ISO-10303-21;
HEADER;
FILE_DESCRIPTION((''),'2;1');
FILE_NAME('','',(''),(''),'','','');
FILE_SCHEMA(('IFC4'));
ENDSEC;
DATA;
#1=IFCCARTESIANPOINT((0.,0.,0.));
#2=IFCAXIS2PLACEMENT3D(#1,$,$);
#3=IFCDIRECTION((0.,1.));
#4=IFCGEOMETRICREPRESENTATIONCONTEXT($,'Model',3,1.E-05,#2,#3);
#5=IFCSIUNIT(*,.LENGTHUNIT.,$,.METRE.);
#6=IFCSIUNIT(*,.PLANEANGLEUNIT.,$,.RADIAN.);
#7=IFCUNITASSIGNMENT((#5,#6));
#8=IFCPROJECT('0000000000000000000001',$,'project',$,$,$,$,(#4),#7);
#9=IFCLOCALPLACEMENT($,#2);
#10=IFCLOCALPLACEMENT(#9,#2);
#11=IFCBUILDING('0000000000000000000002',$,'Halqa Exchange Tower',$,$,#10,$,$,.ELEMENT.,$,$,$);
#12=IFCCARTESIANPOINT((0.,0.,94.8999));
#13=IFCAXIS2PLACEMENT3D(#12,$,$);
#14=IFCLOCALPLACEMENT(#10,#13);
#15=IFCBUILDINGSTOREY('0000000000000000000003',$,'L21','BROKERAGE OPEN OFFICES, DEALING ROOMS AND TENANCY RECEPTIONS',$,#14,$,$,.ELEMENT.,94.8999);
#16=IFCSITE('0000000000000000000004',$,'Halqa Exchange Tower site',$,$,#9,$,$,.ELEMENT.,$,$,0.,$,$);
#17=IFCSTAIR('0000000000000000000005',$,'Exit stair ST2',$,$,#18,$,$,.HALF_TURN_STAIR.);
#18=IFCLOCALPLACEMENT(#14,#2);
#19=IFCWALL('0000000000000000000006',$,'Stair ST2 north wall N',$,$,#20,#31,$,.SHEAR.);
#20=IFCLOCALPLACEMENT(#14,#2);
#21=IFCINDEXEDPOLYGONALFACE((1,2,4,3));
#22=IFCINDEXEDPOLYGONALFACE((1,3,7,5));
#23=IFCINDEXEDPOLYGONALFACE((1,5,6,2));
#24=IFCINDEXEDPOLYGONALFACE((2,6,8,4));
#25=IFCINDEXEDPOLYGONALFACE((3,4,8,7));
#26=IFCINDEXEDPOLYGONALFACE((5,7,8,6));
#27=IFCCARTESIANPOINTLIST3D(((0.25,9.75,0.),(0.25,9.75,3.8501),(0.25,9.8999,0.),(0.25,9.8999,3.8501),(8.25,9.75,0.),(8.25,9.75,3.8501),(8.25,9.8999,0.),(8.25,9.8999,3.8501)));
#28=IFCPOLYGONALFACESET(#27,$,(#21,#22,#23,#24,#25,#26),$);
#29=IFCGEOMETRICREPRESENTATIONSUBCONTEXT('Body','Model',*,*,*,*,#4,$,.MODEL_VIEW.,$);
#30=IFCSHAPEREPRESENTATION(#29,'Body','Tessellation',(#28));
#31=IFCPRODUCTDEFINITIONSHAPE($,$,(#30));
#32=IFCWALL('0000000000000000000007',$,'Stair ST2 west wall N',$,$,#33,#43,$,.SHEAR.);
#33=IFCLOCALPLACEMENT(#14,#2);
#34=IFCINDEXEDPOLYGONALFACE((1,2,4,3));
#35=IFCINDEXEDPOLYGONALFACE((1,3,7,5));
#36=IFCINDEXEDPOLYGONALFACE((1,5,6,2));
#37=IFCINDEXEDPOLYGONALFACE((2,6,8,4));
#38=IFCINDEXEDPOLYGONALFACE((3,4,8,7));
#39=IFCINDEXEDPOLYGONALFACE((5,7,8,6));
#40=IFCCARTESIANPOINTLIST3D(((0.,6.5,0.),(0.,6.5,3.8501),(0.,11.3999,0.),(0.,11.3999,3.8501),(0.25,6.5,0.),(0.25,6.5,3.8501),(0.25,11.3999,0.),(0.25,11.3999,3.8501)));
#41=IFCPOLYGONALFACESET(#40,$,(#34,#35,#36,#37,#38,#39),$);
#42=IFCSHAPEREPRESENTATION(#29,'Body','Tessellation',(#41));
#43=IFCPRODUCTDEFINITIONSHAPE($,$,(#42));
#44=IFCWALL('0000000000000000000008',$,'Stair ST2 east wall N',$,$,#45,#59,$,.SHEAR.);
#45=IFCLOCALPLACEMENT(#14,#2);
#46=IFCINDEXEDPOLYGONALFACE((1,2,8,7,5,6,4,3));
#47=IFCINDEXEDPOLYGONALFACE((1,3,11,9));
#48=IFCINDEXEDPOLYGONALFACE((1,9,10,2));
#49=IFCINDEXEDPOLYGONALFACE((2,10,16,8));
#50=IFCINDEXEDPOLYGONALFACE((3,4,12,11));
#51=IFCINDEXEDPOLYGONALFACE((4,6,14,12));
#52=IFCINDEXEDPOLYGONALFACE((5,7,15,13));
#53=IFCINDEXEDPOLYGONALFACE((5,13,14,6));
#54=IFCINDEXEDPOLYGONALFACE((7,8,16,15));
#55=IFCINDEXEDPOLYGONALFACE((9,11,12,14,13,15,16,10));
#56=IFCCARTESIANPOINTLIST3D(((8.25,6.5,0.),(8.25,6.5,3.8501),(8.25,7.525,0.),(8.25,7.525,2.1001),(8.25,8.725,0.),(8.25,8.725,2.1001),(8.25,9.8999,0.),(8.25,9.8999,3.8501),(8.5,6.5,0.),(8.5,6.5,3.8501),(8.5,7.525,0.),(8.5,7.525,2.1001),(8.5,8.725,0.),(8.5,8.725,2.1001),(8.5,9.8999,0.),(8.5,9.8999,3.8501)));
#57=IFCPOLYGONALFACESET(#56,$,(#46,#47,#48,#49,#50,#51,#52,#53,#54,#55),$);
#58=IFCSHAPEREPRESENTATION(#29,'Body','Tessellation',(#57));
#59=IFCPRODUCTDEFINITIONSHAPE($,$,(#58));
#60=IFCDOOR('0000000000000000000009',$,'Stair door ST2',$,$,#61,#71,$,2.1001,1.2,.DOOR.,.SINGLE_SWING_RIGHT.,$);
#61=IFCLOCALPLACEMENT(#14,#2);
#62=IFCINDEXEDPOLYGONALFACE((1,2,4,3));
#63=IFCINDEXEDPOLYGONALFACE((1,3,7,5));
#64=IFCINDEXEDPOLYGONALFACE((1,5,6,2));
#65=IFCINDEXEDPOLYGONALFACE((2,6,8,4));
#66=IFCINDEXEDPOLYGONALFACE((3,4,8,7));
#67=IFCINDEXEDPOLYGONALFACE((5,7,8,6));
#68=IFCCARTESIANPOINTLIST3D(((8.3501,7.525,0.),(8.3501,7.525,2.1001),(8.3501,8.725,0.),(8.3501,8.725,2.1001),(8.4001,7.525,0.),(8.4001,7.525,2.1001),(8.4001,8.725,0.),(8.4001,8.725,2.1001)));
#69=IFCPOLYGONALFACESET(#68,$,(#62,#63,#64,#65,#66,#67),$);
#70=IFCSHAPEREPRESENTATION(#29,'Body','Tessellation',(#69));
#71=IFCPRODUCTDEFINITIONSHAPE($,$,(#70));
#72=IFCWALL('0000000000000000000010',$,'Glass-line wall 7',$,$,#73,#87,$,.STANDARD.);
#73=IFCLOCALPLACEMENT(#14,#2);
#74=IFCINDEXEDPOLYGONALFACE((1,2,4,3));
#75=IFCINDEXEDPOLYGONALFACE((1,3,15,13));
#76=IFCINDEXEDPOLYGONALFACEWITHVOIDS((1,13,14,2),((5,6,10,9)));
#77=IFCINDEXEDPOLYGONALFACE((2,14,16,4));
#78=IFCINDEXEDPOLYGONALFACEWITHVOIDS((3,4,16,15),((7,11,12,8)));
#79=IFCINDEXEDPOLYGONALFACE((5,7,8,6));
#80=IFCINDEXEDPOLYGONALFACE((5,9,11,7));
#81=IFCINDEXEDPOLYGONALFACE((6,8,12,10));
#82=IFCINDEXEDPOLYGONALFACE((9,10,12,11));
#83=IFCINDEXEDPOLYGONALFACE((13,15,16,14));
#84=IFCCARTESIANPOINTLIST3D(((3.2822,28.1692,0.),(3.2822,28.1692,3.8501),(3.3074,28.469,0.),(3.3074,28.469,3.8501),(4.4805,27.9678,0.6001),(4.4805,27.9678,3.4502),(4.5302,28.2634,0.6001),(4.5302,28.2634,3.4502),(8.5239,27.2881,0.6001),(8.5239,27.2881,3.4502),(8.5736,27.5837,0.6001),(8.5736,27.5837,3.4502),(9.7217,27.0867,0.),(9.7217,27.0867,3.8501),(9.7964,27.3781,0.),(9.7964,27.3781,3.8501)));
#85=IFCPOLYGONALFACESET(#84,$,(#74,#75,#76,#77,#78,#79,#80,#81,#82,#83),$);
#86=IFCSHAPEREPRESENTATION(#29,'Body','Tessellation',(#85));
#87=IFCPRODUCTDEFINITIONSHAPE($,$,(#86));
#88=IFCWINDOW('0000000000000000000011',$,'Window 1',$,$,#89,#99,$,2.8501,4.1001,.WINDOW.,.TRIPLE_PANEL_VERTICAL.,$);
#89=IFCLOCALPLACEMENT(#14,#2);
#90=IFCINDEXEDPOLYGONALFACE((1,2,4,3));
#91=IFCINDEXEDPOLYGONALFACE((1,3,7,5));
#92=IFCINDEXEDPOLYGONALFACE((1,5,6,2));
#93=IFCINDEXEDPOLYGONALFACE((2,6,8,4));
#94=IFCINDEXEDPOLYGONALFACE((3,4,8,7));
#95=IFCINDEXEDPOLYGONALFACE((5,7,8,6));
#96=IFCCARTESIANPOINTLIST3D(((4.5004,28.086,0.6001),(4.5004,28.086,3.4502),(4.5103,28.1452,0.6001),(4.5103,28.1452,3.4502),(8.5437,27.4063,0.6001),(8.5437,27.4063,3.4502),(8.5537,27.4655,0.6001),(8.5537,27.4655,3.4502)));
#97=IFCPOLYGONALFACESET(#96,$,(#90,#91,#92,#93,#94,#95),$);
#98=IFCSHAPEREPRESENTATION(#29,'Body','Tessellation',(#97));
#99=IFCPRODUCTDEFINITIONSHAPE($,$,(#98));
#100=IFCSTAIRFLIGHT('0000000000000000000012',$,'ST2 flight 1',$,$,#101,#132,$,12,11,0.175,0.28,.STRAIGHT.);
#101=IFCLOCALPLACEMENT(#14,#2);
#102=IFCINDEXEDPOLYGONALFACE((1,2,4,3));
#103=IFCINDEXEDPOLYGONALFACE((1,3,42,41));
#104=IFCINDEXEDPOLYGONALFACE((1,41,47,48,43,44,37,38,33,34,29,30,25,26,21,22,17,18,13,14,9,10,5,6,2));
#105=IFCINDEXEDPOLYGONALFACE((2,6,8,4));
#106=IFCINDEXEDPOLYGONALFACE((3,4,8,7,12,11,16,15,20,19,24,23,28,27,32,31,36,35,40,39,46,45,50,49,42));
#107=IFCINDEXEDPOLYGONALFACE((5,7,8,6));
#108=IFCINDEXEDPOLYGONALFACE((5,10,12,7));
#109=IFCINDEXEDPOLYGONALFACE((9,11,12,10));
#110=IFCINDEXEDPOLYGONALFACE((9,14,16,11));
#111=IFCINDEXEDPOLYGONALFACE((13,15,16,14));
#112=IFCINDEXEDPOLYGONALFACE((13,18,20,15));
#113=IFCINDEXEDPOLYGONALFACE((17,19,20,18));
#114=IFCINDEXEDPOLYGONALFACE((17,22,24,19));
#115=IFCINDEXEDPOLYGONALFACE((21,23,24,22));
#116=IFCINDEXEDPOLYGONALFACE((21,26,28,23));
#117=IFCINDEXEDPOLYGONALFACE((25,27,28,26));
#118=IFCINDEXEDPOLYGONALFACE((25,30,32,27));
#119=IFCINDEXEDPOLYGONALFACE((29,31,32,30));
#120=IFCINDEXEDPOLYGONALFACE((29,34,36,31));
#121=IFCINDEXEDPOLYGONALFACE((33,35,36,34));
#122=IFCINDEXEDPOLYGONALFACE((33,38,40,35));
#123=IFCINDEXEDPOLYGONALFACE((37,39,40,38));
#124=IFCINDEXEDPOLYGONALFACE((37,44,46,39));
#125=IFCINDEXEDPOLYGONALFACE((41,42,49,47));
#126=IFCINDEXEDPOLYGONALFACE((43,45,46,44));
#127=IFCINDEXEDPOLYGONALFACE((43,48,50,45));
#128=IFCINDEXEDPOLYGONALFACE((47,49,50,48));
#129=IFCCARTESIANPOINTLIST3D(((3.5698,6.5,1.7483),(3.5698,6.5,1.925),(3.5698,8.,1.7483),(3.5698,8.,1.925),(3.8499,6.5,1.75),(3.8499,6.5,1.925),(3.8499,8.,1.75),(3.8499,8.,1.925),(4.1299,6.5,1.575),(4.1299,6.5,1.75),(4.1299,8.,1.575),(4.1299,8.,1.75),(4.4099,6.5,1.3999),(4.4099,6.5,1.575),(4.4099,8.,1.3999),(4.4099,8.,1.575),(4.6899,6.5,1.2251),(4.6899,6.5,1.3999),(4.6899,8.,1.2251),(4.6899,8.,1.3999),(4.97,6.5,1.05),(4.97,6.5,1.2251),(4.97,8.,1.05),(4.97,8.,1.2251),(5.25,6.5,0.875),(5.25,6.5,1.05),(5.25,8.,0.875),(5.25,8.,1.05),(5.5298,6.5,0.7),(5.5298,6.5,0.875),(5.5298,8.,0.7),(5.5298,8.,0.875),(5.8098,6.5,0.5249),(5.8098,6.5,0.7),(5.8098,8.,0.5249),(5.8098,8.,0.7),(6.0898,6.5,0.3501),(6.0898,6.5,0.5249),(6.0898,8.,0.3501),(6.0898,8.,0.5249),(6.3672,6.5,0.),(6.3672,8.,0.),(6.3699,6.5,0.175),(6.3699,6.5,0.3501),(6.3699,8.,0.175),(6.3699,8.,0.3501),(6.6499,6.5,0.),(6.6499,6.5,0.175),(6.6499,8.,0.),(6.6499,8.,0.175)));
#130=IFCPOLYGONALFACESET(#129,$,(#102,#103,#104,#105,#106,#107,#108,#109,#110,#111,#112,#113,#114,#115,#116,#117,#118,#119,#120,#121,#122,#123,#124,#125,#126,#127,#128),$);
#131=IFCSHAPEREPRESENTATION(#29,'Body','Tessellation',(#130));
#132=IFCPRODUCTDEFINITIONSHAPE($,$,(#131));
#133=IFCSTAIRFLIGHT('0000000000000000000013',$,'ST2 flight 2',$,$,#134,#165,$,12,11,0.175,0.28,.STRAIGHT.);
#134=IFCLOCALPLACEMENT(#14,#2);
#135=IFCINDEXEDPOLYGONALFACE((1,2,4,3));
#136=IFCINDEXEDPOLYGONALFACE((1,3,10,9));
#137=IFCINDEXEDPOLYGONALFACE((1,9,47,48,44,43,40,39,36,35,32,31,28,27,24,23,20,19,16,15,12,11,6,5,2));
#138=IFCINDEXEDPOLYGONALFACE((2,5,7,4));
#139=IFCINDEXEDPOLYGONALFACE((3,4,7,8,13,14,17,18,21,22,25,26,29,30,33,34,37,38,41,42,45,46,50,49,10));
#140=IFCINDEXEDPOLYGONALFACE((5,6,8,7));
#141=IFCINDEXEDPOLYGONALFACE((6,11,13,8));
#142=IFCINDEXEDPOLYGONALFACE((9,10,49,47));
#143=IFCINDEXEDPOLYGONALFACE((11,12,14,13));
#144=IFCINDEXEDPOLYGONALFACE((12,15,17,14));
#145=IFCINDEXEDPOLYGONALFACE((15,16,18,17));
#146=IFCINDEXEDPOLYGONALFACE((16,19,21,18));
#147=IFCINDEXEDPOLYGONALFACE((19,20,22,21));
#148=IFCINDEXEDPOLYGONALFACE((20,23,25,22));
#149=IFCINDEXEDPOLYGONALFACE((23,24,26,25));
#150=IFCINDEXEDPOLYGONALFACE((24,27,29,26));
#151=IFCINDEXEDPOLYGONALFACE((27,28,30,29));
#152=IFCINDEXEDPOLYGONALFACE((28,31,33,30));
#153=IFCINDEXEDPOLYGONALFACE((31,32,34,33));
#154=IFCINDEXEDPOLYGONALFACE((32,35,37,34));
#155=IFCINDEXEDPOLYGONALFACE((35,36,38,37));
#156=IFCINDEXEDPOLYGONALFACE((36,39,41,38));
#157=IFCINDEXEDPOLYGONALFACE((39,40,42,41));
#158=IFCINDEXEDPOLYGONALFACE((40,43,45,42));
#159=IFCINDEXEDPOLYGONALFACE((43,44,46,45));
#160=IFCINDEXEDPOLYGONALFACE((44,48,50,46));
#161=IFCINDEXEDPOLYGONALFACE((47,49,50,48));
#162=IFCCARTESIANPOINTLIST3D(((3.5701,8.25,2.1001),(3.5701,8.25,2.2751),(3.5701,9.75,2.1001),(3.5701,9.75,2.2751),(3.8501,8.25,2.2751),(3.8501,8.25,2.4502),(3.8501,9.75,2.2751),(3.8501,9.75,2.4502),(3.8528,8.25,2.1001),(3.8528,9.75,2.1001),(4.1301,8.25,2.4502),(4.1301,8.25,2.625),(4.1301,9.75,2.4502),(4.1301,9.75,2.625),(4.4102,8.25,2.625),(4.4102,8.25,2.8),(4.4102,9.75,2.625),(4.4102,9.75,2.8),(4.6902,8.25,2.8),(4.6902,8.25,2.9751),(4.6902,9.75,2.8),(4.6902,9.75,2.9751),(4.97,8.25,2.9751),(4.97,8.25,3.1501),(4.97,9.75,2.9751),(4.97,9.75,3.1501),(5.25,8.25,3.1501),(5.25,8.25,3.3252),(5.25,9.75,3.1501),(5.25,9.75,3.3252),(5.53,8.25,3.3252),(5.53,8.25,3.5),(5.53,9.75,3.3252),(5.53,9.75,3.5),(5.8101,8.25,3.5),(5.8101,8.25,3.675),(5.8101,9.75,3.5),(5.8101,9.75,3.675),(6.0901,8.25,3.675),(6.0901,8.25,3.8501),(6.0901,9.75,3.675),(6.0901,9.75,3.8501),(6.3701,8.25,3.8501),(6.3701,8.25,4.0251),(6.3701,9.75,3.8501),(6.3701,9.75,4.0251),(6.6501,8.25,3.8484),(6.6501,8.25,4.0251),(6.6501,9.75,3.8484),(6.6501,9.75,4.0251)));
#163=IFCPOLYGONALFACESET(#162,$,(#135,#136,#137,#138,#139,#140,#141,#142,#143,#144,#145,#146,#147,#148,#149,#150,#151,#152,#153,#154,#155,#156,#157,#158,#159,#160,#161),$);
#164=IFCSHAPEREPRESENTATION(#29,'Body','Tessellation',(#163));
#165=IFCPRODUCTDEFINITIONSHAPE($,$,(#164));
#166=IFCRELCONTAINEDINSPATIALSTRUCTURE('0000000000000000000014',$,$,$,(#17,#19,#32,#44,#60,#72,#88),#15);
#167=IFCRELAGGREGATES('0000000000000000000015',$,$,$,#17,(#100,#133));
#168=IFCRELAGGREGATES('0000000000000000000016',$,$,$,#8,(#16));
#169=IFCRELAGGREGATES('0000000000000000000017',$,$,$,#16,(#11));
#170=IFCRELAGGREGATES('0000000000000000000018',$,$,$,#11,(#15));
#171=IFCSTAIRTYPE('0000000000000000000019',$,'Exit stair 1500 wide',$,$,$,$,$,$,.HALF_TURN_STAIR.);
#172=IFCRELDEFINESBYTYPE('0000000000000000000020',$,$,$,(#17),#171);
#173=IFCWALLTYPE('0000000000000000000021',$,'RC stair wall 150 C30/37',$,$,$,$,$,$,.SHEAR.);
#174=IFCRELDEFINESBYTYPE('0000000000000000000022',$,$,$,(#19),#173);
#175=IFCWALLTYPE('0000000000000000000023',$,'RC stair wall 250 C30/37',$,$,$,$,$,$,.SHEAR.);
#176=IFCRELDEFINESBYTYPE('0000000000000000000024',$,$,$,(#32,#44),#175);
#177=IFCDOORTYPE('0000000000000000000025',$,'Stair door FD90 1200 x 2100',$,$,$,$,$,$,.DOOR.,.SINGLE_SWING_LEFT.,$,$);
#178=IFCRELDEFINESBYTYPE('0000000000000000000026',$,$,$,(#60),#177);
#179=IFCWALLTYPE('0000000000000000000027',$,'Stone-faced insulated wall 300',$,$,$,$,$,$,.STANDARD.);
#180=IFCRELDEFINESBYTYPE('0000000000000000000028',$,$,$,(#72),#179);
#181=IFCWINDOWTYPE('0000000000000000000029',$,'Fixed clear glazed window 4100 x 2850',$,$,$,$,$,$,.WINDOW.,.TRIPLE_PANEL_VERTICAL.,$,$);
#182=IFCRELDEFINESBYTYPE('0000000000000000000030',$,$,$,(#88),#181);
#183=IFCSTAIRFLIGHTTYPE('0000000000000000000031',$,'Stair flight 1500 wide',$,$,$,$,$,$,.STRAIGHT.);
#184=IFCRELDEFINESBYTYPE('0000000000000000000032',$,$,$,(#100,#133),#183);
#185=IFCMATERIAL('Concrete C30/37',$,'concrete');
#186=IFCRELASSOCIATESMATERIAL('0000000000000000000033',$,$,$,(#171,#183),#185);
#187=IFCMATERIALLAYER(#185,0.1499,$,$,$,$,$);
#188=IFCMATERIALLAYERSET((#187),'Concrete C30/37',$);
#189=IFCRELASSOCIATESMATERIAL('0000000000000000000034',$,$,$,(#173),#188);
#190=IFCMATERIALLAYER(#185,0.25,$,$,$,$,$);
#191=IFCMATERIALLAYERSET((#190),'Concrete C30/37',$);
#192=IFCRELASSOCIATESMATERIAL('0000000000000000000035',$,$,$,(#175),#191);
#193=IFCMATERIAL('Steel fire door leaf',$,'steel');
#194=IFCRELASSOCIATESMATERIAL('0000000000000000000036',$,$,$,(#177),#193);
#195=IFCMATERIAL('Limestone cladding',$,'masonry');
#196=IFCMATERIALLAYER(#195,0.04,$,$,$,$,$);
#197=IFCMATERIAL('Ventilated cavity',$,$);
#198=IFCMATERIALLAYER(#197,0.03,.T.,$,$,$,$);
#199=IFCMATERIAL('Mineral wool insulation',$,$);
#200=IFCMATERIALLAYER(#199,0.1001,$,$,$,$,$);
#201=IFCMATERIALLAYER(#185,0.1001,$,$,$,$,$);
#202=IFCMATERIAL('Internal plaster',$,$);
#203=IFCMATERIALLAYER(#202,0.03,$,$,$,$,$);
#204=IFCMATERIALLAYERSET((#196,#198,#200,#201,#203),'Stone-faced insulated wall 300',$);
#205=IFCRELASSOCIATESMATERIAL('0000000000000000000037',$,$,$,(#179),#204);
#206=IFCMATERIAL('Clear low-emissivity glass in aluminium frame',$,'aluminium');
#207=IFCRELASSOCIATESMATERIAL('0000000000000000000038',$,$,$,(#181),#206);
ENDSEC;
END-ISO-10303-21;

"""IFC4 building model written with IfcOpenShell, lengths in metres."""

from ifc_helpers import new_model, si_unit, direction, frame, frame_2d, origin, place, context, subcontext, project, spatial, polyline, rectangle, outline, extrude, material, layer, layer_set, type_object, element, fill, aggregate, save


model = new_model("IFC4")

# Units and contexts
model_context = context("Model", 3, precision=1e-05, world=origin(), true_north=direction((0.0, 1.0)))
body_context = subcontext(model_context, "Body", "Model", "MODEL_VIEW")
ifc_project = project(units=[si_unit("LENGTHUNIT", "METRE"), si_unit("PLANEANGLEUNIT", "RADIAN")], contexts=[model_context])

# Site, building, storey
site_placement = place(None, origin())
site = spatial("IfcSite", under=ifc_project, at=site_placement, Name="Halqa Exchange Tower site", CompositionType="ELEMENT", RefElevation=0.0)
building_placement = place(site_placement, origin())
building = spatial("IfcBuilding", under=site, at=building_placement, Name="Halqa Exchange Tower", CompositionType="ELEMENT")
storey_placement = place(building_placement, frame((0.0, 0.0, 94.8999)))
storey = spatial("IfcBuildingStorey", under=building, at=storey_placement, Name="L21", Description="BROKERAGE OPEN OFFICES, DEALING ROOMS AND TENANCY RECEPTIONS", CompositionType="ELEMENT", Elevation=94.8999)

# Stair
ifc_material_1 = material(Name="Concrete C30/37", Category="concrete")
stair_type = type_object("IfcStairType", Name="Exit stair 1500 wide", PredefinedType="HALF_TURN_STAIR", material=ifc_material_1)
stair_1_placement = place(storey_placement, origin())
stair_1 = element("IfcStair", 1, at=stair_1_placement, inside=storey, type_object=stair_type, Name="Exit stair ST2", PredefinedType="HALF_TURN_STAIR")

# Walls
ifc_layer_1 = layer(ifc_material_1, 0.1499)
ifc_layer_set_1 = layer_set([ifc_layer_1], Name="Concrete C30/37")
wall_type_1 = type_object("IfcWallType", Name="RC stair wall 150 C30/37", PredefinedType="SHEAR", material=ifc_layer_set_1)
wall_1_placement = place(storey_placement, frame((0.25, 9.825, 0.0), z_axis=(0.0, 0.0, 1.0), x_axis=(1.0, 0.0, 0.0)))
element("IfcWall", 2, at=wall_1_placement, inside=storey, type_object=wall_type_1, Name="Stair ST2 north wall N", PredefinedType="SHEAR", context=body_context, shape_type="SweptSolid", body=[
    extrude(rectangle(XDim=8.0, YDim=0.1499, at=frame_2d((4.0, 0.0))), origin(), (0.0, 0.0, 1.0), 3.8501),
])
ifc_layer_2 = layer(ifc_material_1, 0.25)
ifc_layer_set_2 = layer_set([ifc_layer_2], Name="Concrete C30/37")
wall_type_2 = type_object("IfcWallType", Name="RC stair wall 250 C30/37", PredefinedType="SHEAR", material=ifc_layer_set_2)
wall_2_placement = place(storey_placement, frame((0.125, 6.5, 0.0), z_axis=(0.0, 0.0, 1.0), x_axis=(0.0, 1.0, 0.0)))
element("IfcWall", 3, at=wall_2_placement, inside=storey, type_object=wall_type_2, Name="Stair ST2 west wall N", PredefinedType="SHEAR", context=body_context, shape_type="SweptSolid", body=[
    extrude(rectangle(XDim=4.8999, YDim=0.25, at=frame_2d((2.45, 0.0))), origin(), (0.0, 0.0, 1.0), 3.8501),
])

# Wall, opening, door
wall_3_placement = place(storey_placement, frame((8.375, 6.5, 0.0), z_axis=(0.0, 0.0, 1.0), x_axis=(0.0, 1.0, 0.0)))
wall_3 = element("IfcWall", 4, at=wall_3_placement, inside=storey, type_object=wall_type_2, Name="Stair ST2 east wall N", PredefinedType="SHEAR", context=body_context, shape_type="SweptSolid", body=[
    extrude(rectangle(XDim=3.3999, YDim=0.25, at=frame_2d((1.7, 0.0))), origin(), (0.0, 0.0, 1.0), 3.8501),
])
opening_1_placement = place(wall_3_placement, frame((1.0249, 0.0, 0.0)))
opening_1 = element("IfcOpeningElement", 5, at=opening_1_placement, cuts=wall_3, PredefinedType="OPENING", context=body_context, shape_type="SweptSolid", body=[
    extrude(rectangle(XDim=1.2, YDim=2.1001, at=frame_2d((0.6001, 1.05))), frame((0.0, 0.137, 0.0), z_axis=(0.0, -1.0, 0.0), x_axis=(1.0, 0.0, 0.0)), (0.0, 0.0, 1.0), 0.2739),
])
ifc_material_2 = material(Name="Steel fire door leaf", Category="steel")
door_type_1 = type_object("IfcDoorType", Name="Stair door FD90 1200 x 2100", OperationType="SINGLE_SWING_LEFT", PredefinedType="DOOR", material=ifc_material_2)
door_1_placement = place(opening_1_placement, origin())
door_1 = element("IfcDoor", 6, at=door_1_placement, inside=storey, type_object=door_type_1, Name="Stair door ST2", OperationType="SINGLE_SWING_RIGHT", OverallHeight=2.1001, OverallWidth=1.2, PredefinedType="DOOR", context=body_context, shape_type="SweptSolid", body=[
    extrude(rectangle(XDim=1.2, YDim=2.1001, at=frame_2d((0.6001, 1.05))), frame((0.0, 0.0249, 0.0), z_axis=(0.0, -1.0, 0.0), x_axis=(1.0, 0.0, 0.0)), (0.0, 0.0, 1.0), 0.05),
])
fill(opening_1, door_1)

# Wall, opening, window
ifc_material_3 = material(Name="Limestone cladding", Category="masonry")
ifc_layer_3 = layer(ifc_material_3, 0.04)
ifc_material_4 = material(Name="Ventilated cavity")
ifc_layer_4 = layer(ifc_material_4, 0.03, ventilated=True)
ifc_material_5 = material(Name="Mineral wool insulation")
ifc_layer_5 = layer(ifc_material_5, 0.1001)
ifc_layer_6 = layer(ifc_material_1, 0.1001)
ifc_material_6 = material(Name="Internal plaster")
ifc_layer_7 = layer(ifc_material_6, 0.03)
ifc_layer_set_3 = layer_set([ifc_layer_3, ifc_layer_4, ifc_layer_5, ifc_layer_6, ifc_layer_7], Name="Stone-faced insulated wall 300")
wall_type_3 = type_object("IfcWallType", Name="Stone-faced insulated wall 300", PredefinedType="STANDARD", material=ifc_layer_set_3)
wall_4_placement = place(storey_placement, frame((9.759, 27.2324, 0.0), z_axis=(0.0, 0.0, 1.0), x_axis=(-0.986162, 0.165782, 0.0)))
wall_4 = element("IfcWall", 7, at=wall_4_placement, inside=storey, type_object=wall_type_3, Name="Glass-line wall 7", PredefinedType="STANDARD", context=body_context, shape_type="SweptSolid", body=[
    extrude(outline(polyline([(-0.0127, -0.1499), (6.5674, -0.1499), (6.5425, 0.1499), (0.0127, 0.1499), (-0.0127, -0.1499)])), origin(), (0.0, 0.0, 1.0), 3.8501),
])
opening_2_placement = place(wall_4_placement, frame((1.2273, 0.0, 0.6001)))
opening_2 = element("IfcOpeningElement", 8, at=opening_2_placement, cuts=wall_4, PredefinedType="OPENING", context=body_context, shape_type="SweptSolid", body=[
    extrude(rectangle(XDim=4.1001, YDim=2.8501, at=frame_2d((2.05, 1.425))), frame((0.0, 0.1621, 0.0), z_axis=(0.0, -1.0, 0.0), x_axis=(1.0, 0.0, 0.0)), (0.0, 0.0, 1.0), 0.324),
])
ifc_material_7 = material(Name="Clear low-emissivity glass in aluminium frame", Category="aluminium")
window_type = type_object("IfcWindowType", Name="Fixed clear glazed window 4100 x 2850", PartitioningType="TRIPLE_PANEL_VERTICAL", PredefinedType="WINDOW", material=ifc_material_7)
window_placement = place(opening_2_placement, origin())
window = element("IfcWindow", 9, at=window_placement, inside=storey, type_object=window_type, Name="Window 1", OverallHeight=2.8501, OverallWidth=4.1001, PartitioningType="TRIPLE_PANEL_VERTICAL", PredefinedType="WINDOW", context=body_context, shape_type="SweptSolid", body=[
    extrude(rectangle(XDim=4.1001, YDim=2.8501, at=frame_2d((2.05, 1.425))), frame((0.0, 0.03, 0.0), z_axis=(0.0, -1.0, 0.0), x_axis=(1.0, 0.0, 0.0)), (0.0, 0.0, 1.0), 0.0601),
])
fill(opening_2, window)

# Stair flights
stair_flight_type = type_object("IfcStairFlightType", Name="Stair flight 1500 wide", PredefinedType="STRAIGHT", material=ifc_material_1)
stair_flight_1_placement = place(storey_placement, frame((6.6499, 7.25, 0.0), z_axis=(0.0, 0.0, 1.0), x_axis=(-1.0, 0.0, 0.0)))
stair_flight_1 = element("IfcStairFlight", 10, at=stair_flight_1_placement, type_object=stair_flight_type, Name="ST2 flight 1", NumberOfRisers=12, NumberOfTreads=11, PredefinedType="STRAIGHT", RiserHeight=0.175, TreadLength=0.28, context=body_context, shape_type="SweptSolid", body=[
    extrude(outline(polyline([(0.0, 0.0), (0.0, 0.175), (0.28, 0.175), (0.28, 0.3501), (0.5601, 0.3501), (0.5601, 0.5249), (0.8401, 0.5249), (0.8401, 0.7), (1.1201, 0.7), (1.1201, 0.875), (1.3999, 0.875), (1.3999, 1.05), (1.6799, 1.05), (1.6799, 1.2251), (1.96, 1.2251), (1.96, 1.3999), (2.24, 1.3999), (2.24, 1.575), (2.52, 1.575), (2.52, 1.75), (2.8, 1.75), (2.8, 1.925), (3.0801, 1.925), (3.0801, 2.1001), (3.0801, 1.7483), (0.2827, 0.0), (0.0, 0.0)])), frame((0.0, 0.75, 0.0), z_axis=(0.0, -1.0, 0.0), x_axis=(1.0, 0.0, 0.0)), (0.0, 0.0, 1.0), 1.5),
])
stair_flight_2_placement = place(storey_placement, frame((3.5701, 9.0, 2.1001), z_axis=(0.0, 0.0, 1.0), x_axis=(1.0, 0.0, 0.0)))
stair_flight_2 = element("IfcStairFlight", 11, at=stair_flight_2_placement, type_object=stair_flight_type, Name="ST2 flight 2", NumberOfRisers=12, NumberOfTreads=11, PredefinedType="STRAIGHT", RiserHeight=0.175, TreadLength=0.28, context=body_context, shape_type="SweptSolid", body=[
    extrude(outline(polyline([(0.0, 0.0), (0.0, 0.175), (0.28, 0.175), (0.28, 0.3501), (0.5601, 0.3501), (0.5601, 0.5249), (0.8401, 0.5249), (0.8401, 0.7), (1.1201, 0.7), (1.1201, 0.875), (1.3999, 0.875), (1.3999, 1.05), (1.6799, 1.05), (1.6799, 1.2251), (1.96, 1.2251), (1.96, 1.3999), (2.24, 1.3999), (2.24, 1.575), (2.52, 1.575), (2.52, 1.75), (2.8, 1.75), (2.8, 1.925), (3.0801, 1.925), (3.0801, 2.1001), (3.0801, 1.7483), (0.2827, 0.0), (0.0, 0.0)])), frame((0.0, 0.75, 0.0), z_axis=(0.0, -1.0, 0.0), x_axis=(1.0, 0.0, 0.0)), (0.0, 0.0, 1.0), 1.5),
])
aggregate(stair_1, [stair_flight_1, stair_flight_2])

save(model, "model.ifc")
